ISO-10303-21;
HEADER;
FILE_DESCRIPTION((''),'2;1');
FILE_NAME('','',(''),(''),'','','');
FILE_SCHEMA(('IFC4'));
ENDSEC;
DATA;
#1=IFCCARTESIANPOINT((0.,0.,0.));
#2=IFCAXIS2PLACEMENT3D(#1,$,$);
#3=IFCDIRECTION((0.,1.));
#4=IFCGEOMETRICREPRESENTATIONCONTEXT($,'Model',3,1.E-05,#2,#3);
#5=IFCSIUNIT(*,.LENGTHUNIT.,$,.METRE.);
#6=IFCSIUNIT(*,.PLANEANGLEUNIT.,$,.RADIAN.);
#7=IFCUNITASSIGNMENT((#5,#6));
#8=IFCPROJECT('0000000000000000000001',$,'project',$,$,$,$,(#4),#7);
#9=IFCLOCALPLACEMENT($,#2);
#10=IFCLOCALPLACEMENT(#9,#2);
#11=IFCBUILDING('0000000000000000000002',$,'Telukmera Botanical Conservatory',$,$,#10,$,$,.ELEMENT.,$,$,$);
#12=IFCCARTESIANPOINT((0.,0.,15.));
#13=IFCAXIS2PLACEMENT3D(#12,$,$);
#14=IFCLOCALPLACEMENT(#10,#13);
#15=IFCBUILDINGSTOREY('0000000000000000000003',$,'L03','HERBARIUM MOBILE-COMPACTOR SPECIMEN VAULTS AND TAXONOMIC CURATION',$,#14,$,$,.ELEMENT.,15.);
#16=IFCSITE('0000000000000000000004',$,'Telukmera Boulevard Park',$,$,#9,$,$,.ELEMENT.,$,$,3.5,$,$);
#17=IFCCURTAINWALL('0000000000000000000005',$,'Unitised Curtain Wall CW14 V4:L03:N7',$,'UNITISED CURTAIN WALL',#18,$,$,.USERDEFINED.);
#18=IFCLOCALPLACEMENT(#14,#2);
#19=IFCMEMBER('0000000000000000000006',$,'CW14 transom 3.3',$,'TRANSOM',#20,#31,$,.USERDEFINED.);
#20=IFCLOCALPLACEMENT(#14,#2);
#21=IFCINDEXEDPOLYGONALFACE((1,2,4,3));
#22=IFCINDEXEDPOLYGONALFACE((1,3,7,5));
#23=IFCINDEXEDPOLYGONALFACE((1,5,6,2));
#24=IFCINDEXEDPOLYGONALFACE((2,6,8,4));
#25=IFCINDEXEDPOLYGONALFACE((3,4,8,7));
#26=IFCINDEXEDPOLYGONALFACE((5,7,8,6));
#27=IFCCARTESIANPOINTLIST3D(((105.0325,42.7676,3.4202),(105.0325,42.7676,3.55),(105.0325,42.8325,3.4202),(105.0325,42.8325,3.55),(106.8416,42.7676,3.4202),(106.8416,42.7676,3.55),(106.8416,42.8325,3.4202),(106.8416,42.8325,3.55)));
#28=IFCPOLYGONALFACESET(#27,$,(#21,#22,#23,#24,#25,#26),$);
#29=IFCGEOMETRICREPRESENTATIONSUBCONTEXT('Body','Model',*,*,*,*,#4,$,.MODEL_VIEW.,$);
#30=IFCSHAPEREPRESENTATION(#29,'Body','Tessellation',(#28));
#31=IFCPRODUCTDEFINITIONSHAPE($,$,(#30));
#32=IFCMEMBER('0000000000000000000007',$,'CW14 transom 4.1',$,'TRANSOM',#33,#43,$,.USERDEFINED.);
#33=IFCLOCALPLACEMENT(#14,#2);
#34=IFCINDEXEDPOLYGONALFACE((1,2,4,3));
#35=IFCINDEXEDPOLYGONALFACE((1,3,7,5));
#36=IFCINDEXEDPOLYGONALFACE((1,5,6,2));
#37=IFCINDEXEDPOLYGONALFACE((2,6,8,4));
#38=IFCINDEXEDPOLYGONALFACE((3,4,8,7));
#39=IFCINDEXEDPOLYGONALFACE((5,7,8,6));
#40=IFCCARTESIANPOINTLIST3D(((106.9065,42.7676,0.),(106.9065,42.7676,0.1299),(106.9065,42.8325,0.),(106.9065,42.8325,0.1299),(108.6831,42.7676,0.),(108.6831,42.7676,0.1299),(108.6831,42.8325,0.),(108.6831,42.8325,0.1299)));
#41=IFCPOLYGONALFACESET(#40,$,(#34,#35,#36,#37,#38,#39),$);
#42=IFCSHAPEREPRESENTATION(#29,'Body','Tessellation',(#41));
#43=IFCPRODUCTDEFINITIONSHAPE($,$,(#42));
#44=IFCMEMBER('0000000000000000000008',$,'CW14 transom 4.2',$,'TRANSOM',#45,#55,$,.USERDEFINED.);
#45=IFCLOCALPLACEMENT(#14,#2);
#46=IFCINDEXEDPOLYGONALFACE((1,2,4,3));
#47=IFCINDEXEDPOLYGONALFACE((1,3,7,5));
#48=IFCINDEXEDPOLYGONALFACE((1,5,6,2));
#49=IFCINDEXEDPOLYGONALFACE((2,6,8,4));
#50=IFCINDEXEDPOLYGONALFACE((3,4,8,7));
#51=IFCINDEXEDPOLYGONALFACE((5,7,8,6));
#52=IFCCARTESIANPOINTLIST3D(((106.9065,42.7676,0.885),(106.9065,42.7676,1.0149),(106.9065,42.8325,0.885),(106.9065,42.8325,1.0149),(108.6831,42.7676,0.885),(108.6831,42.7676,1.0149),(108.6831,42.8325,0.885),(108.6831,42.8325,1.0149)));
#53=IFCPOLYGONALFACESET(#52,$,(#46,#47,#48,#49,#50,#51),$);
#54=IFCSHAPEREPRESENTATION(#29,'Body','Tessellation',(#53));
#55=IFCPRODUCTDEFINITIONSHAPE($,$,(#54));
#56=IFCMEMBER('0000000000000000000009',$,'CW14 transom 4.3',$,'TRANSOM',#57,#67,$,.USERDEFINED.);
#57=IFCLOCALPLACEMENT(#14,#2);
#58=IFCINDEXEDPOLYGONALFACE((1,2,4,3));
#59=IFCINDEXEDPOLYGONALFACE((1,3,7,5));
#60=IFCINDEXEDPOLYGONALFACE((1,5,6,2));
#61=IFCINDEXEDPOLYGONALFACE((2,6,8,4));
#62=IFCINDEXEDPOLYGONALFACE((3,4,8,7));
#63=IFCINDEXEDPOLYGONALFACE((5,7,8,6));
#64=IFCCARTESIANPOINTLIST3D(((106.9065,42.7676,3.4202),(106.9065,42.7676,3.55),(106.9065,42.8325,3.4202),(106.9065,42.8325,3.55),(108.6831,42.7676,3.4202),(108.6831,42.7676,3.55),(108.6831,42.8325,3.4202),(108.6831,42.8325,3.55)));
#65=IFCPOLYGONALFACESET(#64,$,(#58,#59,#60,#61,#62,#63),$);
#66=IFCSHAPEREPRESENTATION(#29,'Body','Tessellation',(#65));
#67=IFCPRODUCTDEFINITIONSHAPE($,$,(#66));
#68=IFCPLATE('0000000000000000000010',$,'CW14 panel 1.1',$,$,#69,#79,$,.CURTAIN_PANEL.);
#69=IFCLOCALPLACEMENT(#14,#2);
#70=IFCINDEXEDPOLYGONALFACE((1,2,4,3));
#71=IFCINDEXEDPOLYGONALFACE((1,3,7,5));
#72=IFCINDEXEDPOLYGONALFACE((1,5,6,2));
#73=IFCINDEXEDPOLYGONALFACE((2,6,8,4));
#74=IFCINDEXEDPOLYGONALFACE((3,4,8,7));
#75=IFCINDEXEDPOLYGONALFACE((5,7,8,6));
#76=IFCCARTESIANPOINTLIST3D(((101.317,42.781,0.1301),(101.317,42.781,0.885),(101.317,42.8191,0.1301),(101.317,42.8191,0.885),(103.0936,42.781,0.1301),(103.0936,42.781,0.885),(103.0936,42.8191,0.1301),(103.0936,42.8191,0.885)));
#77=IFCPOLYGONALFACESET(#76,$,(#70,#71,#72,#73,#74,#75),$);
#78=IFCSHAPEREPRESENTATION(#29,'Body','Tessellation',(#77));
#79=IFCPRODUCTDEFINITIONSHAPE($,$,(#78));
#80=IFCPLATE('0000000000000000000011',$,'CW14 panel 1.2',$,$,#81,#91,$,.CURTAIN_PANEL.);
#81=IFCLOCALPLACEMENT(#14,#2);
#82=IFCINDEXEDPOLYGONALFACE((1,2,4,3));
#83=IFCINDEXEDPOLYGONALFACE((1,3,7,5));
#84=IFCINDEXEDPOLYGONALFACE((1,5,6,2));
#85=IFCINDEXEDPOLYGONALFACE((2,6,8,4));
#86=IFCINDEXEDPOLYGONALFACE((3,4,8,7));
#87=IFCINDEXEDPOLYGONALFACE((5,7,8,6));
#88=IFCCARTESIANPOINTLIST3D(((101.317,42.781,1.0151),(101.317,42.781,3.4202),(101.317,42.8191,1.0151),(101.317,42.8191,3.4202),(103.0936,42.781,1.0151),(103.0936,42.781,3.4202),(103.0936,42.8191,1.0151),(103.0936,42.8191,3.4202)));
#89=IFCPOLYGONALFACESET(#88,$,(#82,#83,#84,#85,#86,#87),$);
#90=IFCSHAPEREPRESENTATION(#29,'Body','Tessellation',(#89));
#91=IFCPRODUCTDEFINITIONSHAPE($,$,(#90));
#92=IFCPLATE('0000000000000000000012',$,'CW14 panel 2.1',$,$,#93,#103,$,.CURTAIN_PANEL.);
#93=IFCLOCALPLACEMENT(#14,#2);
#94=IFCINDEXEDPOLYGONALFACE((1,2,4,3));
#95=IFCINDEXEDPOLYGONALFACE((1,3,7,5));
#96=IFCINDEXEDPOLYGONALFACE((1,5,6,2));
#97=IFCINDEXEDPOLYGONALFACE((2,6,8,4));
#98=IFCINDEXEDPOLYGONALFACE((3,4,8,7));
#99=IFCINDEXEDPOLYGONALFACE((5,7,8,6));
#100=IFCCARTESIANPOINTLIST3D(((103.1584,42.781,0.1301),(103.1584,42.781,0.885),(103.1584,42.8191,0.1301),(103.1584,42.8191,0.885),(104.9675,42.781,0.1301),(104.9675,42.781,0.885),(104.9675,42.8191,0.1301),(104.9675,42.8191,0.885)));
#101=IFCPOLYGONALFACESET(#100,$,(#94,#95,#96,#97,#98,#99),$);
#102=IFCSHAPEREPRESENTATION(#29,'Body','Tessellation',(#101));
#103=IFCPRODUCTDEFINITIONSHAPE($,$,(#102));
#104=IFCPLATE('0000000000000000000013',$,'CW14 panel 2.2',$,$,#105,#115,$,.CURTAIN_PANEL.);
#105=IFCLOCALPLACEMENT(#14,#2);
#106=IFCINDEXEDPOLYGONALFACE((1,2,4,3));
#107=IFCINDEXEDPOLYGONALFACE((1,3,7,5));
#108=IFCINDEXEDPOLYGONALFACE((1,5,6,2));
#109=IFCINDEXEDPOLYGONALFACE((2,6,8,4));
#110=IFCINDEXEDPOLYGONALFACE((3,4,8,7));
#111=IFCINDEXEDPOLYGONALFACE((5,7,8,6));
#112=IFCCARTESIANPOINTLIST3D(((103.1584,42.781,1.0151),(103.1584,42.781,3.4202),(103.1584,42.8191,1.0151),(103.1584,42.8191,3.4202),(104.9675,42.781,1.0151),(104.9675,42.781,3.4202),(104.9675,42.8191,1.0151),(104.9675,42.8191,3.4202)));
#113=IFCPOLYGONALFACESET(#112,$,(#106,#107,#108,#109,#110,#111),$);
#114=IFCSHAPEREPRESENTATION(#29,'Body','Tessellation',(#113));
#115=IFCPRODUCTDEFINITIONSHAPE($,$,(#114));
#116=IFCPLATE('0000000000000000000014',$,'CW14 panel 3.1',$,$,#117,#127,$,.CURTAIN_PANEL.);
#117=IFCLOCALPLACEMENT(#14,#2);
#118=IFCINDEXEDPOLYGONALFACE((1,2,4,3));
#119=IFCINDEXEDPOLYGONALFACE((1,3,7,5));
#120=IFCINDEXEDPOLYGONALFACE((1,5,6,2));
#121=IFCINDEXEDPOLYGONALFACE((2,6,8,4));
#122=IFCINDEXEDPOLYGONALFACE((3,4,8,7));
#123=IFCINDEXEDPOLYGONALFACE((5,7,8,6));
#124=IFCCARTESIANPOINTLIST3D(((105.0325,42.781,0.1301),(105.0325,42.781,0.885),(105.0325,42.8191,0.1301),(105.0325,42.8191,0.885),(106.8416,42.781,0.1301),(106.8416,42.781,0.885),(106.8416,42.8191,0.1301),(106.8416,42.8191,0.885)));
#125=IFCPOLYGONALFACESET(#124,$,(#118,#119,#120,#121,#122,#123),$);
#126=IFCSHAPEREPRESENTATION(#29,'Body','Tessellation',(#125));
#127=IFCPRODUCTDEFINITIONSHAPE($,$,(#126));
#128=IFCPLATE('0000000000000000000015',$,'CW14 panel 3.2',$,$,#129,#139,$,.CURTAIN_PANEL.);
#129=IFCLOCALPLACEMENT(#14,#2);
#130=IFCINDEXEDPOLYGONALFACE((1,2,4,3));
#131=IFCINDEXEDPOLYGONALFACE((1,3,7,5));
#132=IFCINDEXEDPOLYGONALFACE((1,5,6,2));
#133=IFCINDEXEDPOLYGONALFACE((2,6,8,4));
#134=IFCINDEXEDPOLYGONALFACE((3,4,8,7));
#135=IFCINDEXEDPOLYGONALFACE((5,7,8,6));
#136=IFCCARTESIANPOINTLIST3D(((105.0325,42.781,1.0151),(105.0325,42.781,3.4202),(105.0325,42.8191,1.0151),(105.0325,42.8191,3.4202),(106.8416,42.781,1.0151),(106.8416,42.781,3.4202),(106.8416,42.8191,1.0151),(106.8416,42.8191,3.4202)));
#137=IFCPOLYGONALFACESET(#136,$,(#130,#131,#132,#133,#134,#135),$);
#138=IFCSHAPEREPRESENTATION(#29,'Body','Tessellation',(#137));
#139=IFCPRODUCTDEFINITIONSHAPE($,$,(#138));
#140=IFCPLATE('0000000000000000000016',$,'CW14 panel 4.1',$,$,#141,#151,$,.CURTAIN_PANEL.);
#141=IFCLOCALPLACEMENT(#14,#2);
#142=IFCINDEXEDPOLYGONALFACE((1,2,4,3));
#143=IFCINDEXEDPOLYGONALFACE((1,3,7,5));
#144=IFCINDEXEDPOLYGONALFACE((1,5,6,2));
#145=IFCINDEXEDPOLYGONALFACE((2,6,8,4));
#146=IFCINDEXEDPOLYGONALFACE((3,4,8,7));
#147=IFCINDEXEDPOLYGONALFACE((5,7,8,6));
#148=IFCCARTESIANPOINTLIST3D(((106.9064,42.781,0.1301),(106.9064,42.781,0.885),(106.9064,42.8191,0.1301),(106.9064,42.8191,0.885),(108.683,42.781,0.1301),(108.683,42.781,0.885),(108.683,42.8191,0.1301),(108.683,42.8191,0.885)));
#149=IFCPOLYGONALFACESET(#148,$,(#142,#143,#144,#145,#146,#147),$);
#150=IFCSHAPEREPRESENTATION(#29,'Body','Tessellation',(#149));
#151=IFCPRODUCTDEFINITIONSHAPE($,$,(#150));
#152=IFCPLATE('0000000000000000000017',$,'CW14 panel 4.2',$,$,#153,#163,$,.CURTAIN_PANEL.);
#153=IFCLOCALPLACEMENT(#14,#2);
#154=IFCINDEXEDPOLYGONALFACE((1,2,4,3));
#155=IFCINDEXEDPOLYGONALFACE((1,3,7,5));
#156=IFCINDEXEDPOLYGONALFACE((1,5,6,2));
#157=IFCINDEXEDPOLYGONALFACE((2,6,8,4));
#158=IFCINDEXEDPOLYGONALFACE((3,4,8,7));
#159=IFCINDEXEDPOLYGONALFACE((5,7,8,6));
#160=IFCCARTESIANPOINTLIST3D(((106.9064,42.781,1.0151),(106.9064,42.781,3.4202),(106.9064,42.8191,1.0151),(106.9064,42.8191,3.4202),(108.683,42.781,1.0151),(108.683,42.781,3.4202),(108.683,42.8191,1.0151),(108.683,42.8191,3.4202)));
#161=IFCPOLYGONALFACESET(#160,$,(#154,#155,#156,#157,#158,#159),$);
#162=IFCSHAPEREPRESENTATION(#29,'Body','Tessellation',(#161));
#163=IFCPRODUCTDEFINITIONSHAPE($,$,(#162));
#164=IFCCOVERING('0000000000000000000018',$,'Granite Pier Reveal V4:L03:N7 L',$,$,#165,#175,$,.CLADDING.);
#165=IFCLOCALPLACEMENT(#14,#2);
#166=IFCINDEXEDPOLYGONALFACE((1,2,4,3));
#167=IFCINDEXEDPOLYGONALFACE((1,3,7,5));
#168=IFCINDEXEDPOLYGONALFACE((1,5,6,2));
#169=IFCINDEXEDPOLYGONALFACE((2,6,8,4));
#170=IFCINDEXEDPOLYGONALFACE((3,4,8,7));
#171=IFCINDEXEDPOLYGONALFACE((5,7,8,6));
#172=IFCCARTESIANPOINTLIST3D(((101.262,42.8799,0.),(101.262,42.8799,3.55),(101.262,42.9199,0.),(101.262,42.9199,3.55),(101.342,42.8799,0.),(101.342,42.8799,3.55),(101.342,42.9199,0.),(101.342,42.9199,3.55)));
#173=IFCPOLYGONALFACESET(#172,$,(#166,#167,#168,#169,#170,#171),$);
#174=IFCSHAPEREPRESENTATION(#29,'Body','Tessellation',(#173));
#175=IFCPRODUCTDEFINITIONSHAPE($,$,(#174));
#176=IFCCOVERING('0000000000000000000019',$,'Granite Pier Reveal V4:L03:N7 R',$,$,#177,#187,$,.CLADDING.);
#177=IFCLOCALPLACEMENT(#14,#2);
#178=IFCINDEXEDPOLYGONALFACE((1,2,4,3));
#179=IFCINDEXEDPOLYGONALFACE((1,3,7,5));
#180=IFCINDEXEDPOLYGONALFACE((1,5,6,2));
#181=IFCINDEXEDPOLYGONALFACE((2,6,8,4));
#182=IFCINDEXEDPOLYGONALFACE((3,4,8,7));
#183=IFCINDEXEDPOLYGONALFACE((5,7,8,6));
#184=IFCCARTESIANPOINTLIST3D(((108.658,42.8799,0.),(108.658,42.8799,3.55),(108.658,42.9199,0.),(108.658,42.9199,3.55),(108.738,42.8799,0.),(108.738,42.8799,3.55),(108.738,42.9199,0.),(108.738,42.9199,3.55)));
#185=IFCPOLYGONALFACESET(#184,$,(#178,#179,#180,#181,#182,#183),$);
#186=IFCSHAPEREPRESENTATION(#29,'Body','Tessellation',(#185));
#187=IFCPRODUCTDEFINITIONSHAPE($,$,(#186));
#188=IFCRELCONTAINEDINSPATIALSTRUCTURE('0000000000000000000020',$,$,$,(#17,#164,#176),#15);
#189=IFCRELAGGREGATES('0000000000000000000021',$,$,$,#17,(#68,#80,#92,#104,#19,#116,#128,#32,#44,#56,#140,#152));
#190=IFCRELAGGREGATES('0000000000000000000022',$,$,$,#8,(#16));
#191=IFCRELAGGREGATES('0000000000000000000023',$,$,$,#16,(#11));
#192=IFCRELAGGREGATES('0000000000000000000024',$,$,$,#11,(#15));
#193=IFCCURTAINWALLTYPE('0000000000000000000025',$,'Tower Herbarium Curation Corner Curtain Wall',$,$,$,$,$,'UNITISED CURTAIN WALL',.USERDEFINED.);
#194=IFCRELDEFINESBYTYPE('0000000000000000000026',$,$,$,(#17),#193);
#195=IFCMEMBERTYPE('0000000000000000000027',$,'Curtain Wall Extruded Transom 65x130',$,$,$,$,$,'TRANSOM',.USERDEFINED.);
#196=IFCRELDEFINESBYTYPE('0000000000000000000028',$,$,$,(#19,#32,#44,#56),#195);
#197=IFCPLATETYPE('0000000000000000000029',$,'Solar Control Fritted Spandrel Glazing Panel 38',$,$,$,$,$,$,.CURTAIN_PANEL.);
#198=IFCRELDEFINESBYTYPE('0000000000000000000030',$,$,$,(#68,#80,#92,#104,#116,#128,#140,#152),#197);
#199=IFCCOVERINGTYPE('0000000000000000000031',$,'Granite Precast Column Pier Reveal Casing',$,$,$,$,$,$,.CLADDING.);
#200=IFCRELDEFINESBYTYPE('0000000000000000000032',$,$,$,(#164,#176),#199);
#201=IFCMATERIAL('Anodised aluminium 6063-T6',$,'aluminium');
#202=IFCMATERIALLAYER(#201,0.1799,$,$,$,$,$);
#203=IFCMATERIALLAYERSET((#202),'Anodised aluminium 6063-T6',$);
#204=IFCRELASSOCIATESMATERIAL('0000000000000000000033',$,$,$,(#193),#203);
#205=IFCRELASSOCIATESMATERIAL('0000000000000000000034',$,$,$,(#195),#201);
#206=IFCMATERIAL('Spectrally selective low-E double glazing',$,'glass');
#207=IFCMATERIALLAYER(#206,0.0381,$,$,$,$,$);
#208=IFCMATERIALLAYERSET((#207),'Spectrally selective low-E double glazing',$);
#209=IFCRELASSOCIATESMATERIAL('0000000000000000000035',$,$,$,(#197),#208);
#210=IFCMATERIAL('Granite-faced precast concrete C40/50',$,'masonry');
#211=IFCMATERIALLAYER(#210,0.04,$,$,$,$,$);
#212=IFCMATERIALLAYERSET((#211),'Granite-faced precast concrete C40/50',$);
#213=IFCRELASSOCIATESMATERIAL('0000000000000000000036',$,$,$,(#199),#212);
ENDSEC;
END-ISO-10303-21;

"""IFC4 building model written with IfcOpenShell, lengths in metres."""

from ifc_helpers import new_model, si_unit, direction, frame, origin, origin_2d, place, context, subcontext, project, spatial, rectangle, extrude, material, layer, layer_set, material_profile, profile_set, type_object, element, aggregate, save


model = new_model("IFC4")

# Units and contexts
model_context = context("Model", 3, precision=1e-05, world=origin(), true_north=direction((0.0, 1.0)))
body_context = subcontext(model_context, "Body", "Model", "MODEL_VIEW")
ifc_project = project(units=[si_unit("LENGTHUNIT", "METRE"), si_unit("PLANEANGLEUNIT", "RADIAN")], contexts=[model_context])

# Site, building, storey
site_placement = place(None, origin())
site = spatial("IfcSite", under=ifc_project, at=site_placement, Name="Telukmera Boulevard Park", CompositionType="ELEMENT", RefElevation=3.5)
building_placement = place(site_placement, origin())
building = spatial("IfcBuilding", under=site, at=building_placement, Name="Telukmera Botanical Conservatory", CompositionType="ELEMENT")
storey_placement = place(building_placement, frame((0.0, 0.0, 15.0)))
storey = spatial("IfcBuildingStorey", under=building, at=storey_placement, Name="L03", Description="HERBARIUM MOBILE-COMPACTOR SPECIMEN VAULTS AND TAXONOMIC CURATION", CompositionType="ELEMENT", Elevation=15.0)

# Curtain wall, members, plates
ifc_material_1 = material(Name="Anodised aluminium 6063-T6", Category="aluminium")
ifc_layer_1 = layer(ifc_material_1, 0.1799)
ifc_layer_set_1 = layer_set([ifc_layer_1], Name="Anodised aluminium 6063-T6")
curtain_wall_type = type_object("IfcCurtainWallType", Name="Tower Herbarium Curation Corner Curtain Wall", ElementType="UNITISED CURTAIN WALL", PredefinedType="USERDEFINED", material=ifc_layer_set_1)
curtain_wall_placement = place(storey_placement, origin())
curtain_wall = element("IfcCurtainWall", 1, at=curtain_wall_placement, inside=storey, type_object=curtain_wall_type, Name="Unitised Curtain Wall CW14 V4:L03:N7", ObjectType="UNITISED CURTAIN WALL", PredefinedType="USERDEFINED")
ifc_material_profile_1 = material_profile(ifc_material_1, rectangle(XDim=0.0649, YDim=0.1299, at=origin_2d()), Name="ALU TRAN 65x130")
ifc_profile_set_1 = profile_set([ifc_material_profile_1], Name="Anodised aluminium 6063-T6")
member_type_1 = type_object("IfcMemberType", Name="Curtain Wall Extruded Transom 65x130", ElementType="TRANSOM", PredefinedType="USERDEFINED", material=ifc_profile_set_1)
member_1_placement = place(storey_placement, frame((105.0325, 42.8, 3.4851), z_axis=(1.0, 0.0, 0.0), x_axis=(0.0, 1.0, 0.0)))
member_1 = element("IfcMember", 2, at=member_1_placement, type_object=member_type_1, Name="CW14 transom 3.3", ObjectType="TRANSOM", PredefinedType="USERDEFINED", context=body_context, shape_type="SweptSolid", body=[
    extrude(rectangle(XDim=0.0649, YDim=0.1299, at=origin_2d()), origin(), (0.0, 0.0, 1.0), 1.8091),
])
member_2_placement = place(storey_placement, frame((106.9065, 42.8, 0.0649), z_axis=(1.0, 0.0, 0.0), x_axis=(0.0, 1.0, 0.0)))
member_2 = element("IfcMember", 3, at=member_2_placement, type_object=member_type_1, Name="CW14 transom 4.1", ObjectType="TRANSOM", PredefinedType="USERDEFINED", context=body_context, shape_type="SweptSolid", body=[
    extrude(rectangle(XDim=0.0649, YDim=0.1299, at=origin_2d()), origin(), (0.0, 0.0, 1.0), 1.7766),
])
member_3_placement = place(storey_placement, frame((106.9065, 42.8, 0.95), z_axis=(1.0, 0.0, 0.0), x_axis=(0.0, 1.0, 0.0)))
member_3 = element("IfcMember", 4, at=member_3_placement, type_object=member_type_1, Name="CW14 transom 4.2", ObjectType="TRANSOM", PredefinedType="USERDEFINED", context=body_context, shape_type="SweptSolid", body=[
    extrude(rectangle(XDim=0.0649, YDim=0.1299, at=origin_2d()), origin(), (0.0, 0.0, 1.0), 1.7766),
])
member_4_placement = place(storey_placement, frame((106.9065, 42.8, 3.4851), z_axis=(1.0, 0.0, 0.0), x_axis=(0.0, 1.0, 0.0)))
member_4 = element("IfcMember", 5, at=member_4_placement, type_object=member_type_1, Name="CW14 transom 4.3", ObjectType="TRANSOM", PredefinedType="USERDEFINED", context=body_context, shape_type="SweptSolid", body=[
    extrude(rectangle(XDim=0.0649, YDim=0.1299, at=origin_2d()), origin(), (0.0, 0.0, 1.0), 1.7766),
])
ifc_material_2 = material(Name="Spectrally selective low-E double glazing", Category="glass")
ifc_layer_2 = layer(ifc_material_2, 0.0381)
ifc_layer_set_2 = layer_set([ifc_layer_2], Name="Spectrally selective low-E double glazing")
plate_type = type_object("IfcPlateType", Name="Solar Control Fritted Spandrel Glazing Panel 38", PredefinedType="CURTAIN_PANEL", material=ifc_layer_set_2)
plate_1_placement = place(storey_placement, frame((102.2053, 42.8, 0.1301), z_axis=(0.0, 0.0, 1.0), x_axis=(1.0, 0.0, 0.0)))
plate_1 = element("IfcPlate", 6, at=plate_1_placement, type_object=plate_type, Name="CW14 panel 1.1", PredefinedType="CURTAIN_PANEL", context=body_context, shape_type="SweptSolid", body=[
    extrude(rectangle(XDim=1.7766, YDim=0.0381, at=origin_2d()), origin(), (0.0, 0.0, 1.0), 0.7549),
])
plate_2_placement = place(storey_placement, frame((102.2053, 42.8, 1.0151), z_axis=(0.0, 0.0, 1.0), x_axis=(1.0, 0.0, 0.0)))
plate_2 = element("IfcPlate", 7, at=plate_2_placement, type_object=plate_type, Name="CW14 panel 1.2", PredefinedType="CURTAIN_PANEL", context=body_context, shape_type="SweptSolid", body=[
    extrude(rectangle(XDim=1.7766, YDim=0.0381, at=origin_2d()), origin(), (0.0, 0.0, 1.0), 2.405),
])
plate_3_placement = place(storey_placement, frame((104.063, 42.8, 0.1301), z_axis=(0.0, 0.0, 1.0), x_axis=(1.0, 0.0, 0.0)))
plate_3 = element("IfcPlate", 8, at=plate_3_placement, type_object=plate_type, Name="CW14 panel 2.1", PredefinedType="CURTAIN_PANEL", context=body_context, shape_type="SweptSolid", body=[
    extrude(rectangle(XDim=1.8091, YDim=0.0381, at=origin_2d()), origin(), (0.0, 0.0, 1.0), 0.7549),
])
plate_4_placement = place(storey_placement, frame((104.063, 42.8, 1.0151), z_axis=(0.0, 0.0, 1.0), x_axis=(1.0, 0.0, 0.0)))
plate_4 = element("IfcPlate", 9, at=plate_4_placement, type_object=plate_type, Name="CW14 panel 2.2", PredefinedType="CURTAIN_PANEL", context=body_context, shape_type="SweptSolid", body=[
    extrude(rectangle(XDim=1.8091, YDim=0.0381, at=origin_2d()), origin(), (0.0, 0.0, 1.0), 2.405),
])
plate_5_placement = place(storey_placement, frame((105.937, 42.8, 0.1301), z_axis=(0.0, 0.0, 1.0), x_axis=(1.0, 0.0, 0.0)))
plate_5 = element("IfcPlate", 10, at=plate_5_placement, type_object=plate_type, Name="CW14 panel 3.1", PredefinedType="CURTAIN_PANEL", context=body_context, shape_type="SweptSolid", body=[
    extrude(rectangle(XDim=1.8091, YDim=0.0381, at=origin_2d()), origin(), (0.0, 0.0, 1.0), 0.7549),
])
plate_6_placement = place(storey_placement, frame((105.937, 42.8, 1.0151), z_axis=(0.0, 0.0, 1.0), x_axis=(1.0, 0.0, 0.0)))
plate_6 = element("IfcPlate", 11, at=plate_6_placement, type_object=plate_type, Name="CW14 panel 3.2", PredefinedType="CURTAIN_PANEL", context=body_context, shape_type="SweptSolid", body=[
    extrude(rectangle(XDim=1.8091, YDim=0.0381, at=origin_2d()), origin(), (0.0, 0.0, 1.0), 2.405),
])
plate_7_placement = place(storey_placement, frame((107.7947, 42.8, 0.1301), z_axis=(0.0, 0.0, 1.0), x_axis=(1.0, 0.0, 0.0)))
plate_7 = element("IfcPlate", 12, at=plate_7_placement, type_object=plate_type, Name="CW14 panel 4.1", PredefinedType="CURTAIN_PANEL", context=body_context, shape_type="SweptSolid", body=[
    extrude(rectangle(XDim=1.7766, YDim=0.0381, at=origin_2d()), origin(), (0.0, 0.0, 1.0), 0.7549),
])
plate_8_placement = place(storey_placement, frame((107.7947, 42.8, 1.0151), z_axis=(0.0, 0.0, 1.0), x_axis=(1.0, 0.0, 0.0)))
plate_8 = element("IfcPlate", 13, at=plate_8_placement, type_object=plate_type, Name="CW14 panel 4.2", PredefinedType="CURTAIN_PANEL", context=body_context, shape_type="SweptSolid", body=[
    extrude(rectangle(XDim=1.7766, YDim=0.0381, at=origin_2d()), origin(), (0.0, 0.0, 1.0), 2.405),
])
aggregate(curtain_wall, [plate_1, plate_2, plate_3, plate_4, member_1, plate_5, plate_6, member_2, member_3, member_4, plate_7, plate_8])

# Coverings
ifc_material_3 = material(Name="Granite-faced precast concrete C40/50", Category="masonry")
ifc_layer_3 = layer(ifc_material_3, 0.04)
ifc_layer_set_3 = layer_set([ifc_layer_3], Name="Granite-faced precast concrete C40/50")
covering_type = type_object("IfcCoveringType", Name="Granite Precast Column Pier Reveal Casing", PredefinedType="CLADDING", material=ifc_layer_set_3)
for number, where, z_axis, x_axis, name in (
    (14, (101.302, 42.8999, 0.0), (0.0, 0.0, 1.0), (1.0, 0.0, 0.0), "Granite Pier Reveal V4:L03:N7 L"),
    (15, (108.698, 42.8999, 0.0), (0.0, 0.0, 1.0), (1.0, 0.0, 0.0), "Granite Pier Reveal V4:L03:N7 R"),
):
    element("IfcCovering", number, at=place(storey_placement, frame(where, z_axis=z_axis, x_axis=x_axis)), inside=storey, type_object=covering_type, Name=name, PredefinedType="CLADDING", context=body_context, shape_type="SweptSolid", body=[
        extrude(rectangle(XDim=0.0801, YDim=0.04, at=origin_2d()), origin(), (0.0, 0.0, 1.0), 3.55),
    ])

save(model, "model.ifc")
